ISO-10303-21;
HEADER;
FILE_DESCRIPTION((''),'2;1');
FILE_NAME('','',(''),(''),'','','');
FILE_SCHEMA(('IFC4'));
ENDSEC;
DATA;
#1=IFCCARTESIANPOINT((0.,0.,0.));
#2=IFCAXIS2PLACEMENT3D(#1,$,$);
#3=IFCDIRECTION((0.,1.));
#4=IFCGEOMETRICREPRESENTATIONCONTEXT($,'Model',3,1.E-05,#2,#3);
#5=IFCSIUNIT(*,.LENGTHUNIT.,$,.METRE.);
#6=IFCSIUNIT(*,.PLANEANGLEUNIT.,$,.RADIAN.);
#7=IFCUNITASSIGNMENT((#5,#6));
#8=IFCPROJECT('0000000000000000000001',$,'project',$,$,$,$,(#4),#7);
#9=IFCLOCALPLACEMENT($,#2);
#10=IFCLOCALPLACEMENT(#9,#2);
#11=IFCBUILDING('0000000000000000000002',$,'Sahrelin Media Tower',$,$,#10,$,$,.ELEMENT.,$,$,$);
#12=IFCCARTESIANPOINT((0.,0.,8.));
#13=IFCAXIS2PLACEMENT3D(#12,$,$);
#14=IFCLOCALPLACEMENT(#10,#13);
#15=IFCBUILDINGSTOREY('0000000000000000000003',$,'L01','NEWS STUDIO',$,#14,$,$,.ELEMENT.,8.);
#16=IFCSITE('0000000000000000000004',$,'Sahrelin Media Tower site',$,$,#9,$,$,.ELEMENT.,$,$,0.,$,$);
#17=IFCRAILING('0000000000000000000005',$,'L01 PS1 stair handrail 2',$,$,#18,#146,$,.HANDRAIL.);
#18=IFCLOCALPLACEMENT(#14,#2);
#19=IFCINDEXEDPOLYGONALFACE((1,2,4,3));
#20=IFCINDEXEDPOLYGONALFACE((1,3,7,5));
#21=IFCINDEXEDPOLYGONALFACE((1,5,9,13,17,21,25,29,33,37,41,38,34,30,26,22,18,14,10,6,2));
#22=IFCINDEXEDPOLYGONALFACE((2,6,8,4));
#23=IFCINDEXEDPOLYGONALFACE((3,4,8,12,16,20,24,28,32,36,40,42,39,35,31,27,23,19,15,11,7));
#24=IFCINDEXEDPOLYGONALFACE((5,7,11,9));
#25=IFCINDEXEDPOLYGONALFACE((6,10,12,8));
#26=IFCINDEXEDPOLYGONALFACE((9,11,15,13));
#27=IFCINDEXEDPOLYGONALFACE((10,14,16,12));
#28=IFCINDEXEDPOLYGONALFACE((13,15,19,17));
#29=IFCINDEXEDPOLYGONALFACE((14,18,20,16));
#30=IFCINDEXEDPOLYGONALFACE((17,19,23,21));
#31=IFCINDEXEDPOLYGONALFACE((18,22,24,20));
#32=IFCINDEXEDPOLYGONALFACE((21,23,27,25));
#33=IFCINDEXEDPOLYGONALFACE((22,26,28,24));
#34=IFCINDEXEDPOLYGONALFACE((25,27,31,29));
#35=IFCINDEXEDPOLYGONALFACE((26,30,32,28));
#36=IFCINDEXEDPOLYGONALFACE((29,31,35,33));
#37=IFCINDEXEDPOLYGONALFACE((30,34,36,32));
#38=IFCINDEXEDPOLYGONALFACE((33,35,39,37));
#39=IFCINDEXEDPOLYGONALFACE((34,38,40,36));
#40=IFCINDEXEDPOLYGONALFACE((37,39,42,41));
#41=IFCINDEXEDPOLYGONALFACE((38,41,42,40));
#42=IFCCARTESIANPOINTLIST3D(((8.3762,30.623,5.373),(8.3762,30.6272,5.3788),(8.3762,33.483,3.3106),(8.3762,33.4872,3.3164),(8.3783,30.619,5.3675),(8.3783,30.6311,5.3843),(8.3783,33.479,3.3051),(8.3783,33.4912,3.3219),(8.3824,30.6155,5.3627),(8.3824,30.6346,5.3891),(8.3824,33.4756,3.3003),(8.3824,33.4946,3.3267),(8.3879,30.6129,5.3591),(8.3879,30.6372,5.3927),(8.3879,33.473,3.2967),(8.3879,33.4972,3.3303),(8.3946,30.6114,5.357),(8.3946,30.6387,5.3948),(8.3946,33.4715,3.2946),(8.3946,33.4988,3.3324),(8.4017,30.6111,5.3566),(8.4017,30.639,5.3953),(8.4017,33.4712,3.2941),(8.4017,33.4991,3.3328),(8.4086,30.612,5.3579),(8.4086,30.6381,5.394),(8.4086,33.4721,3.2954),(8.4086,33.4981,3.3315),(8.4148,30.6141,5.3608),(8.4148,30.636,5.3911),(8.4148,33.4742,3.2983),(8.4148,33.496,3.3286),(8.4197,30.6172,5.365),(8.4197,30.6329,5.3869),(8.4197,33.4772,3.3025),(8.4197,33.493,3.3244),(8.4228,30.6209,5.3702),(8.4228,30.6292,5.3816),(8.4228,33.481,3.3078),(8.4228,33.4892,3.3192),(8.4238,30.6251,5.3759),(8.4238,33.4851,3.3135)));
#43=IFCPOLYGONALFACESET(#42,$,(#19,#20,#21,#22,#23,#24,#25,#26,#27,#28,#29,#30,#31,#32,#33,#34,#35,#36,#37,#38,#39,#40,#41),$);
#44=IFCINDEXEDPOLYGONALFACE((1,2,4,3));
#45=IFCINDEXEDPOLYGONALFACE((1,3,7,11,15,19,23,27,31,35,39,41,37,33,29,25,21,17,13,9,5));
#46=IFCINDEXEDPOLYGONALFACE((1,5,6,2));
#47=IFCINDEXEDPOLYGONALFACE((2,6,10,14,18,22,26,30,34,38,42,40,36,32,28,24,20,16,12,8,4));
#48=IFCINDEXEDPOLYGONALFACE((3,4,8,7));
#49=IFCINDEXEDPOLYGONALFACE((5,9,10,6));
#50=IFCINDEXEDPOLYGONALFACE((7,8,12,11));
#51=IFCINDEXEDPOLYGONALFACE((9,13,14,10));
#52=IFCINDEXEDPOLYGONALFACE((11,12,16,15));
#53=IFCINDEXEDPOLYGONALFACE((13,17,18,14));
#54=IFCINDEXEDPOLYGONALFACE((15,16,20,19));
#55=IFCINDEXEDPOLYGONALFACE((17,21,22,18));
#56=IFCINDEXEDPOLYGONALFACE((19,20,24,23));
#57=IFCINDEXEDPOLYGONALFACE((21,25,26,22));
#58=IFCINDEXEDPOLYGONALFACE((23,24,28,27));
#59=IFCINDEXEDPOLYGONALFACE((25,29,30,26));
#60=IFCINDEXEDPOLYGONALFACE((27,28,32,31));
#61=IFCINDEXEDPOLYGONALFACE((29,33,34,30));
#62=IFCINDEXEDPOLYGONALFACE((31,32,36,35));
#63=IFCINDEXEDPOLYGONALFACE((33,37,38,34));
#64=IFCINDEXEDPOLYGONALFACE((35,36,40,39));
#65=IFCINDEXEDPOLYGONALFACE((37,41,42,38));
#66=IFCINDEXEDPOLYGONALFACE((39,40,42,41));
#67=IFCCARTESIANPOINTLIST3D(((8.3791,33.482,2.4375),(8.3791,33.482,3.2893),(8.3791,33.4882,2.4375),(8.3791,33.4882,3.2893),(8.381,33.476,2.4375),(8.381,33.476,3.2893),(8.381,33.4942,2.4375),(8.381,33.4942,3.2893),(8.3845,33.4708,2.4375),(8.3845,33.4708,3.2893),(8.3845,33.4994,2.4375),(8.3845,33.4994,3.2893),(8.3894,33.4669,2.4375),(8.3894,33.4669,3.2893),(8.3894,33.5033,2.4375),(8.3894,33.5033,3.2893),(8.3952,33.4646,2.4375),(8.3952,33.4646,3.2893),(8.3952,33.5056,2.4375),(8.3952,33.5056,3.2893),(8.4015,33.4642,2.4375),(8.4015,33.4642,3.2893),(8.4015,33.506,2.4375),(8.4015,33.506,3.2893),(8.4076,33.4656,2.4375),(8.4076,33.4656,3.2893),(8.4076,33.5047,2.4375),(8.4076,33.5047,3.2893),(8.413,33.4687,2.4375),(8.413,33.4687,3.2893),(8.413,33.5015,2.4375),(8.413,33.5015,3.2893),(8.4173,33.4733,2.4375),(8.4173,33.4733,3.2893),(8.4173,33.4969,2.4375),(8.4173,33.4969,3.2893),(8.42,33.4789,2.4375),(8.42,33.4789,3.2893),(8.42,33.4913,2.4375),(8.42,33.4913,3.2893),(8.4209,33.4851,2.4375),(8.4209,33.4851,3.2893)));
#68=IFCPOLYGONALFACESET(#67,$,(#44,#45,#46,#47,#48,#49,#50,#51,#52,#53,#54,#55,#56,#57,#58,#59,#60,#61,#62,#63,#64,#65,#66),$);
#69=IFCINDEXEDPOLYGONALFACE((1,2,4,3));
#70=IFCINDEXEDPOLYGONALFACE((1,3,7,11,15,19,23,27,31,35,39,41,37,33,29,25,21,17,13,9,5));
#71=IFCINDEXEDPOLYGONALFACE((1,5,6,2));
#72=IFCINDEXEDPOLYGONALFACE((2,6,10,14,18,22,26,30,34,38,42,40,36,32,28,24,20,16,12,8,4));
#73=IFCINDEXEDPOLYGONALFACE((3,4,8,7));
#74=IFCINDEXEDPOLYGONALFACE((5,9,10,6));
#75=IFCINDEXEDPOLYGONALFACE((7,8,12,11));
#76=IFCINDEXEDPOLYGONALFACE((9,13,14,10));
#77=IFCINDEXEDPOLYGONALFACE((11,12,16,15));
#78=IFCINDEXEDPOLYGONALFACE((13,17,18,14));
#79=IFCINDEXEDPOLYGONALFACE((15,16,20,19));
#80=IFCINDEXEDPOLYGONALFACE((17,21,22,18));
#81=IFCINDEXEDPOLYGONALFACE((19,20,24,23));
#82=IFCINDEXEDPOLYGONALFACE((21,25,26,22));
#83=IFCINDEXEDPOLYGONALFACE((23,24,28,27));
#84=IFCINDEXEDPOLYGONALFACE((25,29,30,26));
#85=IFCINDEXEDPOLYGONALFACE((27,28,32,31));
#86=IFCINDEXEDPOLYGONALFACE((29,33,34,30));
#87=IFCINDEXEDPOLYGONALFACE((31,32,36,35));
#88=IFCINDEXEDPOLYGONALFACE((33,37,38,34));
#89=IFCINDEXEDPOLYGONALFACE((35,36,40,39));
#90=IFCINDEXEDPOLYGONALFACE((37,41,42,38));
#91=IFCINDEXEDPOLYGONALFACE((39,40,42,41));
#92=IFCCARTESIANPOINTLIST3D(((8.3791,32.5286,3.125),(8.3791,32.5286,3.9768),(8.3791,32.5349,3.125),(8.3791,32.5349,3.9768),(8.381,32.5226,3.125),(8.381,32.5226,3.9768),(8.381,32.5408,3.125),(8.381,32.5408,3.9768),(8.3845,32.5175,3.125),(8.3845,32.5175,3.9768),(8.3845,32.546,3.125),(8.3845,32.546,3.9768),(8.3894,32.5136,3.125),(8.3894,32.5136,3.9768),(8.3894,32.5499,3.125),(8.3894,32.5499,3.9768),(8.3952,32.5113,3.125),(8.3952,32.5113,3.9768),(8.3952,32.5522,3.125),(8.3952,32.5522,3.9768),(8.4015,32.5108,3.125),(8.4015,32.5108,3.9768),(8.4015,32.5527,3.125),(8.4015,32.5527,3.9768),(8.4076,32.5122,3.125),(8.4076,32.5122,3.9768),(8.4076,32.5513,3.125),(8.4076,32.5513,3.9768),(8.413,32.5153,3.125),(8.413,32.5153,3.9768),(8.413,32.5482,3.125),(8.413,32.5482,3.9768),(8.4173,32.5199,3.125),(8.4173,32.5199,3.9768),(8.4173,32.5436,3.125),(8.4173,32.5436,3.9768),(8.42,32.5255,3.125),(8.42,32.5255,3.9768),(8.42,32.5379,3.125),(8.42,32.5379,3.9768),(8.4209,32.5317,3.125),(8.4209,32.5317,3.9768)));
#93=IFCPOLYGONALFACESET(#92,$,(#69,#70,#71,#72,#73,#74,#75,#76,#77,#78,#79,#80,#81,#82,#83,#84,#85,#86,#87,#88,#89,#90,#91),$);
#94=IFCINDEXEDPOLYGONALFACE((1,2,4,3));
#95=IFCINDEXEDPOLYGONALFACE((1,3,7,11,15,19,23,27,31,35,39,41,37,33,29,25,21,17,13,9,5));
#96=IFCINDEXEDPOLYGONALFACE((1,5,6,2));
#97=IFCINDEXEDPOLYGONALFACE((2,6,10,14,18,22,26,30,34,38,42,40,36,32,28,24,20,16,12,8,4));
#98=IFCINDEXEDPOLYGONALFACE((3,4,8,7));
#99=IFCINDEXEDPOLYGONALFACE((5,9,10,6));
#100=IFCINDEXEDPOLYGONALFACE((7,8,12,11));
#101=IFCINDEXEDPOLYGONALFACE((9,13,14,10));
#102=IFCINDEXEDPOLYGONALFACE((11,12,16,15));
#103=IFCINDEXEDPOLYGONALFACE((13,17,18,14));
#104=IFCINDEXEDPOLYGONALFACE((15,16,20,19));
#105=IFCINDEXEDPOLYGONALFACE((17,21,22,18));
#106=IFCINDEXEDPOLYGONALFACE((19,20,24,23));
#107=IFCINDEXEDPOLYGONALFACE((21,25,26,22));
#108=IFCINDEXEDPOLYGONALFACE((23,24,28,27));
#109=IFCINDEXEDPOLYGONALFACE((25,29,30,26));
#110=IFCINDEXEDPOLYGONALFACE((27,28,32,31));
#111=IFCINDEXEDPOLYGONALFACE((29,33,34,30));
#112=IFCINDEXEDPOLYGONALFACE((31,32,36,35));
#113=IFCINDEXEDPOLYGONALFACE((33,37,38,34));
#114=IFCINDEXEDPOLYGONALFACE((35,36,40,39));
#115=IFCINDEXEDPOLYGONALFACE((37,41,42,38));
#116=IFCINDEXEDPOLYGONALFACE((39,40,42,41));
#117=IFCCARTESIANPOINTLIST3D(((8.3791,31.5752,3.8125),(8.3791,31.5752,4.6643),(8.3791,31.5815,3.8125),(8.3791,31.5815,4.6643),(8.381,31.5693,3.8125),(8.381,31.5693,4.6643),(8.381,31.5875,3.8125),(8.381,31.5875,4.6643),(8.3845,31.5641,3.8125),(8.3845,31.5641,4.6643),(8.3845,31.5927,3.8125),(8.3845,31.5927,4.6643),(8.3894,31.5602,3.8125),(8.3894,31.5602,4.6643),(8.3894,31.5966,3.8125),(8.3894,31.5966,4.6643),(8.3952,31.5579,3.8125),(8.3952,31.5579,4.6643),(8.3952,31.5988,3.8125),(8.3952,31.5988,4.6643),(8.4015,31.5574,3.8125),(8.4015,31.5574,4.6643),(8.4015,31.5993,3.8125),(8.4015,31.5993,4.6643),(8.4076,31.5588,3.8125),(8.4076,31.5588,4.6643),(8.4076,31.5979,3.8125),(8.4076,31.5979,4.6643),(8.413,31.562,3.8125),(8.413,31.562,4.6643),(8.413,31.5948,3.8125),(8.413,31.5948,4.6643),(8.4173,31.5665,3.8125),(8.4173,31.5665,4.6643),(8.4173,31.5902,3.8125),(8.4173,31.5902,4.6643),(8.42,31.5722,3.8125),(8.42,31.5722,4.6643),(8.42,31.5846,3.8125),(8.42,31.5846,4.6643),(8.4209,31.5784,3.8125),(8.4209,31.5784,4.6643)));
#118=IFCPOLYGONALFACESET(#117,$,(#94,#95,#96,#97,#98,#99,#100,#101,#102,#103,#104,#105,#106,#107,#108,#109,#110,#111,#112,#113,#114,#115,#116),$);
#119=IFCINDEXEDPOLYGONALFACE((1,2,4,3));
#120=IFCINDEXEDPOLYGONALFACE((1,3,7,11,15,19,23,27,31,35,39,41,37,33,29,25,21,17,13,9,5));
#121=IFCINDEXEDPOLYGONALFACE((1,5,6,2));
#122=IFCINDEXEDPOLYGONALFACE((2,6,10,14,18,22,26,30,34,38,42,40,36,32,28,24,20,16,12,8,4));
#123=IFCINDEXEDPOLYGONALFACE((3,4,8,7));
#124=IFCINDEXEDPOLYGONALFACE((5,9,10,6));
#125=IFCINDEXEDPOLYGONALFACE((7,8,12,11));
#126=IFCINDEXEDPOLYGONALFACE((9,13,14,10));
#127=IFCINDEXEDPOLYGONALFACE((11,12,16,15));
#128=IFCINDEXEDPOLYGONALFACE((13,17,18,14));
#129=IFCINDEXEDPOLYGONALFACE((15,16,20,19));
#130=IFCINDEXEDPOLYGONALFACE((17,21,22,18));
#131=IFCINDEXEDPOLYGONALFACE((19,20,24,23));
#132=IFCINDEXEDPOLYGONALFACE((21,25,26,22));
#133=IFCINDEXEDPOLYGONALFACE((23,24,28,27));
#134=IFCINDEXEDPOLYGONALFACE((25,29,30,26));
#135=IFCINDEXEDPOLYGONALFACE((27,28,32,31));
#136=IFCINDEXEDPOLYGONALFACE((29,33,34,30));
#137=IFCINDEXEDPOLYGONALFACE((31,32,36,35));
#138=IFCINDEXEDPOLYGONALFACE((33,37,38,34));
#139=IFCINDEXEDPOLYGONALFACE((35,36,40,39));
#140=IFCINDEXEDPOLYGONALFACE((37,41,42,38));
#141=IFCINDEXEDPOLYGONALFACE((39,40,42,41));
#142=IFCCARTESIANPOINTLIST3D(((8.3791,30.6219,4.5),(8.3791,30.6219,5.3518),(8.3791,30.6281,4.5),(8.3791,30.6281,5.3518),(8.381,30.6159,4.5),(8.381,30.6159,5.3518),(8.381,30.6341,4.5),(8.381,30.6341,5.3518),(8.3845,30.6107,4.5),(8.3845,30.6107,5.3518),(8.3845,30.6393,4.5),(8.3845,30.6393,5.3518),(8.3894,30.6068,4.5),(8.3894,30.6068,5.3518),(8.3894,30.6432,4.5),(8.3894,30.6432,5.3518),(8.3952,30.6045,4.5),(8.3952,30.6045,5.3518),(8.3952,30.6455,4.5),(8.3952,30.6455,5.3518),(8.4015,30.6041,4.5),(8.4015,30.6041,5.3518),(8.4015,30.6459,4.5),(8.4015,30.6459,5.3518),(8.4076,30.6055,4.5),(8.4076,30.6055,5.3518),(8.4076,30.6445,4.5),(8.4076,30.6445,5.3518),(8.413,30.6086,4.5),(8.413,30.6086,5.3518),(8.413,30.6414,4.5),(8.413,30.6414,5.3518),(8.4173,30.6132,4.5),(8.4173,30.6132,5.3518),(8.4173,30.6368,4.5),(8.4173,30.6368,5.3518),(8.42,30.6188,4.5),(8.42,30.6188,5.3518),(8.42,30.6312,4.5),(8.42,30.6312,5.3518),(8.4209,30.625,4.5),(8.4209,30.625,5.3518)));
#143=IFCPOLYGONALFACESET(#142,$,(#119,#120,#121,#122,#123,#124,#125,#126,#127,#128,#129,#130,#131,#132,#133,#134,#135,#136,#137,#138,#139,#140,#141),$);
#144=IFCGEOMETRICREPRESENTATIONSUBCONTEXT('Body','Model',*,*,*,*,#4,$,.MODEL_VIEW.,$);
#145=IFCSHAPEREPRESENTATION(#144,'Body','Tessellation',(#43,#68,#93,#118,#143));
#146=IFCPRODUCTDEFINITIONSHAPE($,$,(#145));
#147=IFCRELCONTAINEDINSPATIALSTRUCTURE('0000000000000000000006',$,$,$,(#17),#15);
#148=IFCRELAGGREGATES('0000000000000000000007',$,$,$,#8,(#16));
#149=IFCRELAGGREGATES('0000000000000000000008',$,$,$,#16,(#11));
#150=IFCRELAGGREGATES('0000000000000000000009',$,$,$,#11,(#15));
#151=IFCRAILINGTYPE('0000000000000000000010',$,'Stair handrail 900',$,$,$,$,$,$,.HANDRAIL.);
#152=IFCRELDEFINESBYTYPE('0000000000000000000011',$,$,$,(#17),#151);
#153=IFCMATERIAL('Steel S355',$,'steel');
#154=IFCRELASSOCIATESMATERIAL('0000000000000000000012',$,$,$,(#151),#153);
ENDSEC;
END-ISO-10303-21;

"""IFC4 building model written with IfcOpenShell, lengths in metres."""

from ifc_helpers import new_model, si_unit, direction, frame, origin, origin_2d, place, context, subcontext, project, spatial, circle, extrude, material, type_object, element, save


model = new_model("IFC4")

# Units and contexts
model_context = context("Model", 3, precision=1e-05, world=origin(), true_north=direction((0.0, 1.0)))
body_context = subcontext(model_context, "Body", "Model", "MODEL_VIEW")
ifc_project = project(units=[si_unit("LENGTHUNIT", "METRE"), si_unit("PLANEANGLEUNIT", "RADIAN")], contexts=[model_context])

# Site, building, storey
site_placement = place(None, origin())
site = spatial("IfcSite", under=ifc_project, at=site_placement, Name="Sahrelin Media Tower site", CompositionType="ELEMENT", RefElevation=0.0)
building_placement = place(site_placement, origin())
building = spatial("IfcBuilding", under=site, at=building_placement, Name="Sahrelin Media Tower", CompositionType="ELEMENT")
storey_placement = place(building_placement, frame((0.0, 0.0, 8.0)))
storey = spatial("IfcBuildingStorey", under=building, at=storey_placement, Name="L01", Description="NEWS STUDIO", CompositionType="ELEMENT", Elevation=8.0)

# Shared definitions
ifc_material_1 = material(Name="Steel S355", Category="steel")

# Railing
railing_type_1 = type_object("IfcRailingType", Name="Stair handrail 900", PredefinedType="HANDRAIL", material=ifc_material_1)
for number, where, name in (
    (1, (8.3999, 33.4851, 2.4375), "L01 PS1 stair handrail 2"),
):
    element("IfcRailing", number, at=place(storey_placement, frame(where)), inside=storey, type_object=railing_type_1, Name=name, PredefinedType="HANDRAIL", context=body_context, shape_type="SweptSolid", body=[
        extrude(circle(Radius=0.0239, at=origin_2d()), frame((0.0, 0.0, 0.876), z_axis=(0.0, -0.811101, 0.584906), x_axis=(1.0, 0.0, 0.0)), (0.0, 0.0, 1.0), 3.5261),
        extrude(circle(Radius=0.021, at=origin_2d()), origin(), (0.0, 0.0, 1.0), 0.8518),
        extrude(circle(Radius=0.021, at=origin_2d()), frame((0.0, -0.9534, 0.6875)), (0.0, 0.0, 1.0), 0.8518),
        extrude(circle(Radius=0.021, at=origin_2d()), frame((0.0, -1.9067, 1.375)), (0.0, 0.0, 1.0), 0.8518),
        extrude(circle(Radius=0.021, at=origin_2d()), frame((0.0, -2.8601, 2.0625)), (0.0, 0.0, 1.0), 0.8518),
    ])

save(model, "model.ifc")
